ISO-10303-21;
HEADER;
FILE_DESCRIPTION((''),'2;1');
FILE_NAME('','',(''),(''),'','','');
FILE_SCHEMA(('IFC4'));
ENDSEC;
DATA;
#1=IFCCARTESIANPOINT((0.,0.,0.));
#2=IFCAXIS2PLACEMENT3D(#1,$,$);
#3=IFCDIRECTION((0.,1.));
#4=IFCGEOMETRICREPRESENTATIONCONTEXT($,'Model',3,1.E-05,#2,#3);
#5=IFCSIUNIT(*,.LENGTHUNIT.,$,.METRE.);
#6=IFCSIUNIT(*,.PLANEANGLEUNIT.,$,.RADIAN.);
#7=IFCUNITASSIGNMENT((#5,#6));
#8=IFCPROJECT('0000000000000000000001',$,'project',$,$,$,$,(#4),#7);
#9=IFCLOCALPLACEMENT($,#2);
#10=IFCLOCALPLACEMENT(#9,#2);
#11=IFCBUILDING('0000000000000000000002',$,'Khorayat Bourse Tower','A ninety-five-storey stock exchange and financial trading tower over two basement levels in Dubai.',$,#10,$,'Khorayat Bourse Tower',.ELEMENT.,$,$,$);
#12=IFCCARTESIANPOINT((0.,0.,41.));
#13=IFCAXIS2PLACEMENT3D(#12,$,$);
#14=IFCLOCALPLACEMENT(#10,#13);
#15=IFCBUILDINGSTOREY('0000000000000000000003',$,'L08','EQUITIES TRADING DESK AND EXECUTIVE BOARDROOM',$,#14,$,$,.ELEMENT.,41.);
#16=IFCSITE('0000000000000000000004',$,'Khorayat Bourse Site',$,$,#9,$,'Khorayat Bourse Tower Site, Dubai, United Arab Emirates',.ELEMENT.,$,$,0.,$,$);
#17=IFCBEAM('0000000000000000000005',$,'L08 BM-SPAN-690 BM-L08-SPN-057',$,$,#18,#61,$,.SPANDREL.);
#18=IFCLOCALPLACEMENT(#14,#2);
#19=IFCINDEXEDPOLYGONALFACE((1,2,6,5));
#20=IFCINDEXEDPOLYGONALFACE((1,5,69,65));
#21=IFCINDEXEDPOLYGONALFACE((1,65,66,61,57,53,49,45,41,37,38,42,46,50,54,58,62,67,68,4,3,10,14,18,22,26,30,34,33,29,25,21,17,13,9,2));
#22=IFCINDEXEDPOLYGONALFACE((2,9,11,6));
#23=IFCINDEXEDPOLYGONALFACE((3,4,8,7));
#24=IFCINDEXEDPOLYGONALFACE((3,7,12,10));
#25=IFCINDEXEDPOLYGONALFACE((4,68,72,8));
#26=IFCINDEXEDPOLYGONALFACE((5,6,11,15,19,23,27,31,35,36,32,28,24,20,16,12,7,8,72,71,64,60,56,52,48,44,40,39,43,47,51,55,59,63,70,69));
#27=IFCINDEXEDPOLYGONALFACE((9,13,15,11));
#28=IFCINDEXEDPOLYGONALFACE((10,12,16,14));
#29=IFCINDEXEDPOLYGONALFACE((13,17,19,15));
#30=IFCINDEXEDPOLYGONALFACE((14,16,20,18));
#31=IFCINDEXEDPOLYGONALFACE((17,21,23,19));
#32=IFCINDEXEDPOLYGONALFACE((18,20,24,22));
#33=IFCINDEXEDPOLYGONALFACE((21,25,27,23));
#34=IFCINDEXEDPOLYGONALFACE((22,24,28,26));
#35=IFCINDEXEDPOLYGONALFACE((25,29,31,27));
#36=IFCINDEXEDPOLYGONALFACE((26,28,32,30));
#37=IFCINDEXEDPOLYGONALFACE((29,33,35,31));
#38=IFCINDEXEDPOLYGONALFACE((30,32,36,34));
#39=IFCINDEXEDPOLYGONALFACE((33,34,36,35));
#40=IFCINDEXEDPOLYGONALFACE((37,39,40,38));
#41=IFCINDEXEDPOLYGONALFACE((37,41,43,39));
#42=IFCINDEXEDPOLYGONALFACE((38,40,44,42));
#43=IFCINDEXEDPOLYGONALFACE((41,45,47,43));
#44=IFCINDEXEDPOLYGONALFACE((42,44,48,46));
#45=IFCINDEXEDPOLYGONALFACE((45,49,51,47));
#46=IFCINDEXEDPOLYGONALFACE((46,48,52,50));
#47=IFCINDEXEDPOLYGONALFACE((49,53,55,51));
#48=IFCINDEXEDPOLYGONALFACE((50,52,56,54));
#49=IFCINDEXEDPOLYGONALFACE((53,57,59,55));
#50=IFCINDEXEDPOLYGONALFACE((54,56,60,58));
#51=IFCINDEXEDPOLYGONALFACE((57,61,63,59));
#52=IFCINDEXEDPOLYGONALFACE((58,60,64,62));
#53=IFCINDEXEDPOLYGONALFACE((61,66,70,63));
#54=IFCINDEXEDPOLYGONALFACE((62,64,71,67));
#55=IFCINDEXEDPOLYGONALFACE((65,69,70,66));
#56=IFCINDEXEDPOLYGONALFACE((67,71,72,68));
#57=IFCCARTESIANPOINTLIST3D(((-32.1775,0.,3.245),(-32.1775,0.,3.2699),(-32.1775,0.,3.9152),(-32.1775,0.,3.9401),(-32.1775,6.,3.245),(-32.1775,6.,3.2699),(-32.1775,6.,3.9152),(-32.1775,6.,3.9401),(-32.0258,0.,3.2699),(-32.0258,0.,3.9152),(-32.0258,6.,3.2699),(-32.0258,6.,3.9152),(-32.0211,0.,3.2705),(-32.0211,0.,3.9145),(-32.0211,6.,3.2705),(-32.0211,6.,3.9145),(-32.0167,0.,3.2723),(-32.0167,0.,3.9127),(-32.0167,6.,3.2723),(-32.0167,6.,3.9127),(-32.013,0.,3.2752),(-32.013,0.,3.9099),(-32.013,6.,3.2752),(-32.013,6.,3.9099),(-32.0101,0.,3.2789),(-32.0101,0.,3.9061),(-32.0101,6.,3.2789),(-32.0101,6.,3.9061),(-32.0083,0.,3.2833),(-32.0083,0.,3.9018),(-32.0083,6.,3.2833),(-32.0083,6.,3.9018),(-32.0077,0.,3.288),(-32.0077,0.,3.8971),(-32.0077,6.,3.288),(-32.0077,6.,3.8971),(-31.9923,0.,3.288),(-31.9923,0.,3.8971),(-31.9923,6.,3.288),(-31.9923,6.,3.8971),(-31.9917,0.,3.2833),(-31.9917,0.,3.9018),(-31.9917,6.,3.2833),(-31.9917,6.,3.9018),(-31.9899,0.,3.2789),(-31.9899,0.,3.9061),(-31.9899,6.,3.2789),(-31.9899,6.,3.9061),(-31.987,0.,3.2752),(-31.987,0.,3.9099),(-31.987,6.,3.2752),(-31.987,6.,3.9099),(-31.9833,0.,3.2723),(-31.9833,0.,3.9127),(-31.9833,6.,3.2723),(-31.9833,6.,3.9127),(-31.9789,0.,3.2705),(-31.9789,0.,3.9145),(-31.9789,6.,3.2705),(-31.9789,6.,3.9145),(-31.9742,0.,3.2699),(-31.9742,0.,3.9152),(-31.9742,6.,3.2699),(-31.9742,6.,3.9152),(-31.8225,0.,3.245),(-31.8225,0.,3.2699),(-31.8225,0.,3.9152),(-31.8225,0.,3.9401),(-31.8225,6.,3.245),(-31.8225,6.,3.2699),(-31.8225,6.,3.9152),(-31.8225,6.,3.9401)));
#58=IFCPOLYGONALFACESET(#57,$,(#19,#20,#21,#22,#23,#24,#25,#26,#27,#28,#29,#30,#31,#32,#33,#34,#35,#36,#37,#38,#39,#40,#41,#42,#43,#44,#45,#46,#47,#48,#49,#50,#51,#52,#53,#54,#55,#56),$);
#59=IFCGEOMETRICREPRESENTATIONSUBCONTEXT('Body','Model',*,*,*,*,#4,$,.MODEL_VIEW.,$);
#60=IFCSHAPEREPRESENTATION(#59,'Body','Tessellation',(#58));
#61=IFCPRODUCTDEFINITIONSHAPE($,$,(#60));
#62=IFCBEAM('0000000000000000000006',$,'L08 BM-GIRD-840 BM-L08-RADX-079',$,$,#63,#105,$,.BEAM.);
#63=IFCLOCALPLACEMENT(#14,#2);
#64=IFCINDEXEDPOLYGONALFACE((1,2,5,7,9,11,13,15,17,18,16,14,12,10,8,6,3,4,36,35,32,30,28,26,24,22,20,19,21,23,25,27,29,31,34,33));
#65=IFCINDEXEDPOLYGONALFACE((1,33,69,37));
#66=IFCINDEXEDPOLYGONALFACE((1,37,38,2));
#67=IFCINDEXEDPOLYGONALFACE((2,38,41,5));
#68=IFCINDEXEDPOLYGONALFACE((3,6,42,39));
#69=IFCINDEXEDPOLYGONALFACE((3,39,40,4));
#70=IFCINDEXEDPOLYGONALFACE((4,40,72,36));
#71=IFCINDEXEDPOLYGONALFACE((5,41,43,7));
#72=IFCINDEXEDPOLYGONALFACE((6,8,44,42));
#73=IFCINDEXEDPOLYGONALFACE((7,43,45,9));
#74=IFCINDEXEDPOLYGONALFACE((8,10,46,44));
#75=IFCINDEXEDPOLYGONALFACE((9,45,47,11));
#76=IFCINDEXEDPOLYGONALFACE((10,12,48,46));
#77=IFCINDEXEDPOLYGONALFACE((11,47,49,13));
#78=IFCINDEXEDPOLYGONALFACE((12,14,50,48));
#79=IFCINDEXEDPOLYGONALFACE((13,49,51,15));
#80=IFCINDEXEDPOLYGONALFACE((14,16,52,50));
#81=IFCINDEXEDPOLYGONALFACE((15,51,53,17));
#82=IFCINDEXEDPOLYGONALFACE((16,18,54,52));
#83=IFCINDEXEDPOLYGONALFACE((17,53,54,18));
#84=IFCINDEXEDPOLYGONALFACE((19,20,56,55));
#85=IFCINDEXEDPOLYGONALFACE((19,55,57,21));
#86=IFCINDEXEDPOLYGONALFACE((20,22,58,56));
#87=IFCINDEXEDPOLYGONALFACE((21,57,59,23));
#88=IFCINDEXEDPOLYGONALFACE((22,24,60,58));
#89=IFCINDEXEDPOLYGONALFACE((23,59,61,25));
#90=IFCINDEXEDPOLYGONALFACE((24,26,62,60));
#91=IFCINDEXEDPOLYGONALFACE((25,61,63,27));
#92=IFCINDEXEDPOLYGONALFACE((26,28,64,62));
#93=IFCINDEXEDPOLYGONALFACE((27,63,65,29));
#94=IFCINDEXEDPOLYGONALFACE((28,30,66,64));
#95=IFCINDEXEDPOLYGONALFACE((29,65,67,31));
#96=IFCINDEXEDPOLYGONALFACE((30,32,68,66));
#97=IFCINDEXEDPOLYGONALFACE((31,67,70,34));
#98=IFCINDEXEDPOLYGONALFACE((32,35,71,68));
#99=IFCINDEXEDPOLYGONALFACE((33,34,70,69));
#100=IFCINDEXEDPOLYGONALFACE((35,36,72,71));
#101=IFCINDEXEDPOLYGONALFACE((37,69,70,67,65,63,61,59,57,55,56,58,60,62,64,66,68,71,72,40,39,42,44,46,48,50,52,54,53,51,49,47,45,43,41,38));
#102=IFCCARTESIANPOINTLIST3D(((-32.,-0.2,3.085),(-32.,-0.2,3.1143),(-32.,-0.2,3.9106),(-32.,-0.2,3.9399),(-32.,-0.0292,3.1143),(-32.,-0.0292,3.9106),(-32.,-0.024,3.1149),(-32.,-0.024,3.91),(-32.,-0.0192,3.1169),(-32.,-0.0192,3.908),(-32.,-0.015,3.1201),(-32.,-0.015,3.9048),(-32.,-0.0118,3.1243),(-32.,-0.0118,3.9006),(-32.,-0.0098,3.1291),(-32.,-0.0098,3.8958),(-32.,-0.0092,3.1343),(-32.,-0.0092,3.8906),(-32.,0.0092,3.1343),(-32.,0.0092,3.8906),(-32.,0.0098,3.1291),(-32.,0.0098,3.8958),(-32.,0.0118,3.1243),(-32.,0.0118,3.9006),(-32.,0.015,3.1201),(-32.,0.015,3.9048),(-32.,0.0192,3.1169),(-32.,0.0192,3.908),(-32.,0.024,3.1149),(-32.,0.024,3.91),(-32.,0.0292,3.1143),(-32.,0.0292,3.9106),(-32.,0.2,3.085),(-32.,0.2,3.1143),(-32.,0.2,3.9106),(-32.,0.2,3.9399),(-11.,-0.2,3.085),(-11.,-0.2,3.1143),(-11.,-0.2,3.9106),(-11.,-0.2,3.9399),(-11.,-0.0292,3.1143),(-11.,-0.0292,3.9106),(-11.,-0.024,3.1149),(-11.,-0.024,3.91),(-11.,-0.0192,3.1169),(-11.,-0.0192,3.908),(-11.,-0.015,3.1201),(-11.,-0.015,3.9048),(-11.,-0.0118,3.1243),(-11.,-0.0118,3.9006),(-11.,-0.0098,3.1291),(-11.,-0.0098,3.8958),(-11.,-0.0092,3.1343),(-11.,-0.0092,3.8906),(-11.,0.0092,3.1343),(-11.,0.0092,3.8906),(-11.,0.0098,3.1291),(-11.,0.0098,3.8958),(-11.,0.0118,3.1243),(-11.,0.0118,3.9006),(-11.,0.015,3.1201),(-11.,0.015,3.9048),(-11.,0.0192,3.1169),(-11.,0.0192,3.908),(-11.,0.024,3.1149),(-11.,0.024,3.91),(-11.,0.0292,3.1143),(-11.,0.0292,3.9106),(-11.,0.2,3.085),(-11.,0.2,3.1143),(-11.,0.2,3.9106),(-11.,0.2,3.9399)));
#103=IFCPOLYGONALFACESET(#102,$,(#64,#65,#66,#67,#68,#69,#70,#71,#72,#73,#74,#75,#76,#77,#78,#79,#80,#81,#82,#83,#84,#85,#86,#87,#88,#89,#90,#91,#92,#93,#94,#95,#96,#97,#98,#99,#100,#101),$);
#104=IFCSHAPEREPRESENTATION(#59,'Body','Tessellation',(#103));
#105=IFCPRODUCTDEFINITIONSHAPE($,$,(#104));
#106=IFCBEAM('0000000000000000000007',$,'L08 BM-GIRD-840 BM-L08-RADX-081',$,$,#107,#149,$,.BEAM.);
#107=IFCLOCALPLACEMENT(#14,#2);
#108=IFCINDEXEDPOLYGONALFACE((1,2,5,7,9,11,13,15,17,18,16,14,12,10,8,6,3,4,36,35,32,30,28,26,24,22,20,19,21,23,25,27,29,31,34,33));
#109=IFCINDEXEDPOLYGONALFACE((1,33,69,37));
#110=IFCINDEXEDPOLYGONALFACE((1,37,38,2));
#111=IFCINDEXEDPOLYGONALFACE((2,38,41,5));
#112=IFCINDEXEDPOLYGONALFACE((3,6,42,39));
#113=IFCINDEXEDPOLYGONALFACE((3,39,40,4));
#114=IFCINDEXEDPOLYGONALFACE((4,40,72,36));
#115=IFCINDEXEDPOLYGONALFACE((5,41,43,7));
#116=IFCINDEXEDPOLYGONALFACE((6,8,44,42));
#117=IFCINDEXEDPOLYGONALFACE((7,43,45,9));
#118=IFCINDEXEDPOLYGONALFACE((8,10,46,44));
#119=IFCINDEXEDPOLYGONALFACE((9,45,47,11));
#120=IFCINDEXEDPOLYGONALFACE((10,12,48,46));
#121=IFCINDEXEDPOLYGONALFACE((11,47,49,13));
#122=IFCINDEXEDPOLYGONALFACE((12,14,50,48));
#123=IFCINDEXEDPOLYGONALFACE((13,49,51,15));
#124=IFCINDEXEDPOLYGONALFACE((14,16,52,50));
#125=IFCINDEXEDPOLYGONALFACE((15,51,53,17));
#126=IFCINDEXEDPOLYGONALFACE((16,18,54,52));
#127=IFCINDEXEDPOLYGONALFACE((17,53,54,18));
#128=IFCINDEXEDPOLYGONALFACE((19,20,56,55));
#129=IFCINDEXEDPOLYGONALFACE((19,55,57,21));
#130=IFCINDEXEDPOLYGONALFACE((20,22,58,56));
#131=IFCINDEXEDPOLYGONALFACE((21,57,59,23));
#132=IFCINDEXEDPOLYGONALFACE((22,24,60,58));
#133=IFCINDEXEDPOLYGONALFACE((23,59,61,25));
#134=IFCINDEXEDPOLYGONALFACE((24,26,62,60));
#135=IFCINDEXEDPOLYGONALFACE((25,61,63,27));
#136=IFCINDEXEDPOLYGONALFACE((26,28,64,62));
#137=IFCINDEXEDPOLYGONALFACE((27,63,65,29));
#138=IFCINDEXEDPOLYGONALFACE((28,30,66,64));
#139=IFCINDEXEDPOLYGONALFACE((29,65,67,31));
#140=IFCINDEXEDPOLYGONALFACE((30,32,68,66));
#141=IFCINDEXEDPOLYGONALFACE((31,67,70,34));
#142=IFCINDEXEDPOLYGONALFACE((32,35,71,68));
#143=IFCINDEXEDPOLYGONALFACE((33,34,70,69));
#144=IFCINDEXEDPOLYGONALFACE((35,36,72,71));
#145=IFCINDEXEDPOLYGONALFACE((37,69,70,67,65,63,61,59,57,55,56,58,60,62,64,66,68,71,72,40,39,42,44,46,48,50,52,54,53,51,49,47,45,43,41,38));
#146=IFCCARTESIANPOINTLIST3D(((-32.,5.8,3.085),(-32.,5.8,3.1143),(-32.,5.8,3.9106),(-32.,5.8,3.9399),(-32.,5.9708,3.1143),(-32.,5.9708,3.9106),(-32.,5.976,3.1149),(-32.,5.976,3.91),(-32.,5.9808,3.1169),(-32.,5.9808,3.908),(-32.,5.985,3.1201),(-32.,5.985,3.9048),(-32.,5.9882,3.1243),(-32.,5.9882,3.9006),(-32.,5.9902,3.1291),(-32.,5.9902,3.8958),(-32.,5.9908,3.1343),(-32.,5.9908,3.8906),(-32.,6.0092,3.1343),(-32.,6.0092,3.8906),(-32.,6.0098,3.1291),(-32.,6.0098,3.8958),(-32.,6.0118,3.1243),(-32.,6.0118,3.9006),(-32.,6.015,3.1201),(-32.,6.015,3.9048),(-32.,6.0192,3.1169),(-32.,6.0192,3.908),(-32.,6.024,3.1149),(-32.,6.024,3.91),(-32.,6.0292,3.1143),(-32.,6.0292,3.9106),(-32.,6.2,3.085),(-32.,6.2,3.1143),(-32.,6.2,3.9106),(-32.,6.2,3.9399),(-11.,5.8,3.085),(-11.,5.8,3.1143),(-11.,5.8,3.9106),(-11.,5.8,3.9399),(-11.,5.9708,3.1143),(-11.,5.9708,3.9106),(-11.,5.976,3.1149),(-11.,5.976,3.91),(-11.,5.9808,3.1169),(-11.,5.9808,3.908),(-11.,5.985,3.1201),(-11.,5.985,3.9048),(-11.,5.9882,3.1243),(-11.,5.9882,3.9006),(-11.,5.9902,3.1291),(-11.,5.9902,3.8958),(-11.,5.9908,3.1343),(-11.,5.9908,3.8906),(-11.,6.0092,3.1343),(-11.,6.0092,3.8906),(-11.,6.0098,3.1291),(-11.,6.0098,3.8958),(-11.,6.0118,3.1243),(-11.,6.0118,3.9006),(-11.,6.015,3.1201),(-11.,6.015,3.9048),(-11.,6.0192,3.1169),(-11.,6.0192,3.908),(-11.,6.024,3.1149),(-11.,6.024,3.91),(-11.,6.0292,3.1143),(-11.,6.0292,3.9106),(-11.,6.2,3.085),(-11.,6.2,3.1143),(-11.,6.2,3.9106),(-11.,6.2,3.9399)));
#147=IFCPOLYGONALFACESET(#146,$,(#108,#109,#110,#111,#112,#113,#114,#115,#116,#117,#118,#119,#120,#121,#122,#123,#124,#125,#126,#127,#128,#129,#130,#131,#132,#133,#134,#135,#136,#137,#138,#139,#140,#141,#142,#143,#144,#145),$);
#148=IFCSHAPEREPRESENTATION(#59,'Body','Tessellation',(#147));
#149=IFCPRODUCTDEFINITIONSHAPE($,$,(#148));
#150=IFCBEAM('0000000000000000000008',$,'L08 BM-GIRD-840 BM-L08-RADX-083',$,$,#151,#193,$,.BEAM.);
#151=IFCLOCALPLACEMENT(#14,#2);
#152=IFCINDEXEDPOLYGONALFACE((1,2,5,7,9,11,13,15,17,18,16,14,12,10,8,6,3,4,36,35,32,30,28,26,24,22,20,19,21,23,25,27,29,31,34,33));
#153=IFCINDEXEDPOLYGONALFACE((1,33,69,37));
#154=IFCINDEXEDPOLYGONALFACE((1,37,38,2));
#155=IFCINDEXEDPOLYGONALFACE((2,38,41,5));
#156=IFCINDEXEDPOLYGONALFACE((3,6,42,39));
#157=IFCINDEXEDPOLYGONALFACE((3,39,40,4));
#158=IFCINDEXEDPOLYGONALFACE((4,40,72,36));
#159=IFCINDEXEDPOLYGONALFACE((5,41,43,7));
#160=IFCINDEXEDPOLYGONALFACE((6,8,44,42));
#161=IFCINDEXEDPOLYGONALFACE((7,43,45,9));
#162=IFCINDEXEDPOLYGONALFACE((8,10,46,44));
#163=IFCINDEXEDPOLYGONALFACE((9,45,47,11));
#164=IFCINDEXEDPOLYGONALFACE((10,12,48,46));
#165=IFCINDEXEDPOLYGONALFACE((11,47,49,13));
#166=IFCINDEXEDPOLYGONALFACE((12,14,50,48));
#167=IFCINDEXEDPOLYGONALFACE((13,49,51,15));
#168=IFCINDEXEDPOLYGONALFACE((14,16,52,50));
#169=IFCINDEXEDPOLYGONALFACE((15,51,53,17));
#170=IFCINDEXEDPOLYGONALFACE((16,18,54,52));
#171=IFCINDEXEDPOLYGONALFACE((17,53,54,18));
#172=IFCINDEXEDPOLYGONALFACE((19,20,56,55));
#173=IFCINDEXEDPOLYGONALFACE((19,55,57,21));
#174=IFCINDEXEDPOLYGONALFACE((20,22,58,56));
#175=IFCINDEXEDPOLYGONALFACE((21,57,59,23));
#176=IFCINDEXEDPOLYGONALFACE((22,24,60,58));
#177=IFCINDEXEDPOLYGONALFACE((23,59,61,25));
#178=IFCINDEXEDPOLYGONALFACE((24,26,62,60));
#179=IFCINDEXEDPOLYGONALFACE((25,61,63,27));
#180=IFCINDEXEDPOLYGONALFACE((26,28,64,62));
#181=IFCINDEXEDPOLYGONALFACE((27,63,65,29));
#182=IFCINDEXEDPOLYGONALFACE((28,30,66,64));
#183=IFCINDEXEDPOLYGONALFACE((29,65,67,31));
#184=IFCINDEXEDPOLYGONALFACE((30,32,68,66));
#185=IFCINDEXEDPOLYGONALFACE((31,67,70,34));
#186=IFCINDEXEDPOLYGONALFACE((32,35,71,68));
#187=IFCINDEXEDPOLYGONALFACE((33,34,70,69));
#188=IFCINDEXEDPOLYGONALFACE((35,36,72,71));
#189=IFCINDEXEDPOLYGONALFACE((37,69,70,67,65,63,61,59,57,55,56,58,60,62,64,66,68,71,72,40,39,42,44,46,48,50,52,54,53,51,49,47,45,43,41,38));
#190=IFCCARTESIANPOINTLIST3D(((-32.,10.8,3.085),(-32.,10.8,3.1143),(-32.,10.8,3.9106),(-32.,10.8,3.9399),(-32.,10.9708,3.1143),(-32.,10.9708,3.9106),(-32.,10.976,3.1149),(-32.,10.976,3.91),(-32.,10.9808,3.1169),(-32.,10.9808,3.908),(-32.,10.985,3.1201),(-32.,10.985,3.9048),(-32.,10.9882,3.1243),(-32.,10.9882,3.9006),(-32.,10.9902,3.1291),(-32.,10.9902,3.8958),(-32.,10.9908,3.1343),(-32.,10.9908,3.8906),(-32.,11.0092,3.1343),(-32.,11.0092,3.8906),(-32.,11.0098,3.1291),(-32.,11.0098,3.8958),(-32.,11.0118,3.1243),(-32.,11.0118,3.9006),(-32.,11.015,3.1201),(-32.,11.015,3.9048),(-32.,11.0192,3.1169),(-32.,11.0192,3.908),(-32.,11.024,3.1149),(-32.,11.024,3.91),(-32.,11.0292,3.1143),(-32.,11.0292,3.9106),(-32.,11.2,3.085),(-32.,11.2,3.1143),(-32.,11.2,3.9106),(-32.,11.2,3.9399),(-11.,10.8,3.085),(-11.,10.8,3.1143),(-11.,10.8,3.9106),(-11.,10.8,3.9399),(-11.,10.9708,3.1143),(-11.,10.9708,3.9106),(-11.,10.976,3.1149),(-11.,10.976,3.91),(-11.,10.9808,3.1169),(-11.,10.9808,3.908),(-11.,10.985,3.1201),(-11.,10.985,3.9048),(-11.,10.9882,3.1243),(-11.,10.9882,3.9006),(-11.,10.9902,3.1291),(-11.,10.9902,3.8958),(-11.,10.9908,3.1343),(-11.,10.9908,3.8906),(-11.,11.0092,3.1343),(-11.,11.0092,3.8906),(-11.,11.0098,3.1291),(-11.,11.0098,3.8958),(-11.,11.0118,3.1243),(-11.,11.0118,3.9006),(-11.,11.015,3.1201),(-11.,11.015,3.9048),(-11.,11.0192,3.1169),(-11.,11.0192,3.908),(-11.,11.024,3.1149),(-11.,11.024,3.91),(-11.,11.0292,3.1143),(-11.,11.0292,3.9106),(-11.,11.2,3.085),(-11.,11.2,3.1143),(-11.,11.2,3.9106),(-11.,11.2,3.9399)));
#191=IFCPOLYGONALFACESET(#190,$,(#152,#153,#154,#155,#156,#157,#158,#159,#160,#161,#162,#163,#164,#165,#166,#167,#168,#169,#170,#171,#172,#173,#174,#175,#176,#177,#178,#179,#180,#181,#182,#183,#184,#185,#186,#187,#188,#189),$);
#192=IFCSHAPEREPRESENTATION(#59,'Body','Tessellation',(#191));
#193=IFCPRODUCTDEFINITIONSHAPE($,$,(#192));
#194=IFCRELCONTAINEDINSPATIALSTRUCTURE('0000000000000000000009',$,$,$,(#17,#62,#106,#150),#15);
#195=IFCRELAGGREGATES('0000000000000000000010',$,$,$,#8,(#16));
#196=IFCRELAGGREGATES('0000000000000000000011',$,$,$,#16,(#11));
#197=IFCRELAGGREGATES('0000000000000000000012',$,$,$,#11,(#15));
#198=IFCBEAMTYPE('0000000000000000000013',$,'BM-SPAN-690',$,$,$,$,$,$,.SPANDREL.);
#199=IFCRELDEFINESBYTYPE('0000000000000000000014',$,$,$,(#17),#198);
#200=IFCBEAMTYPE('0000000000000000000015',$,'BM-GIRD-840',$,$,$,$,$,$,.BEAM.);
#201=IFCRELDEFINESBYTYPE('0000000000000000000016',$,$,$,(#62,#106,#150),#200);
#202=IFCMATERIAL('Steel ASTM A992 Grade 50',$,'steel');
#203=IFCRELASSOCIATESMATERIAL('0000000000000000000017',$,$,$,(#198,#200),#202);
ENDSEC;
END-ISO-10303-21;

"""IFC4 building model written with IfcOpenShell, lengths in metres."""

from ifc_helpers import new_model, si_unit, direction, frame, origin, origin_2d, place, context, subcontext, project, spatial, i_section, extrude, source, transform, mapped, material, material_profile, profile_set, type_object, element, save


model = new_model("IFC4")

# Units and contexts
model_context = context("Model", 3, precision=1e-05, world=origin(), true_north=direction((0.0, 1.0)))
body_context = subcontext(model_context, "Body", "Model", "MODEL_VIEW")
ifc_project = project(units=[si_unit("LENGTHUNIT", "METRE"), si_unit("PLANEANGLEUNIT", "RADIAN")], contexts=[model_context])

# Site, building, storey
site_placement = place(None, origin())
site = spatial("IfcSite", under=ifc_project, at=site_placement, Name="Khorayat Bourse Site", LongName="Khorayat Bourse Tower Site, Dubai, United Arab Emirates", CompositionType="ELEMENT", RefElevation=0.0)
building_placement = place(site_placement, origin())
building = spatial("IfcBuilding", under=site, at=building_placement, Name="Khorayat Bourse Tower", Description="A ninety-five-storey stock exchange and financial trading tower over two basement levels in Dubai.", LongName="Khorayat Bourse Tower", CompositionType="ELEMENT")
storey_placement = place(building_placement, frame((0.0, 0.0, 41.0)))
storey = spatial("IfcBuildingStorey", under=building, at=storey_placement, Name="L08", Description="EQUITIES TRADING DESK AND EXECUTIVE BOARDROOM", CompositionType="ELEMENT", Elevation=41.0)

# Beams
ifc_material_1 = material(Name="Steel ASTM A992 Grade 50", Category="steel")
ifc_material_profile_1 = material_profile(ifc_material_1, i_section(OverallWidth=0.355, OverallDepth=0.6951, WebThickness=0.0154, FlangeThickness=0.0249, FilletRadius=0.0181, at=origin_2d()), Name="W690X217")
ifc_profile_set_1 = profile_set([ifc_material_profile_1], Name="Steel ASTM A992 Grade 50")
beam_type_1 = type_object("IfcBeamType", Name="BM-SPAN-690", PredefinedType="SPANDREL", material=ifc_profile_set_1)
shared_shape_1 = source(origin(), body_context, "Body", "SweptSolid", [
    extrude(i_section(OverallWidth=0.355, OverallDepth=0.6951, WebThickness=0.0154, FlangeThickness=0.0249, FilletRadius=0.0181, at=origin_2d()), origin(), (0.0, 0.0, 1.0), 6.0),
])
beam_1_placement = place(storey_placement, frame((-32.0, 0.0, 3.5925), z_axis=(0.0, 1.0, 0.0), x_axis=(-1.0, 0.0, 0.0)))
element("IfcBeam", 1, at=beam_1_placement, inside=storey, type_object=beam_type_1, Name="L08 BM-SPAN-690 BM-L08-SPN-057", PredefinedType="SPANDREL", context=body_context, shape_type="MappedRepresentation", body=[
    mapped(shared_shape_1, transform((0.0, 0.0, 0.0), scale=1.0)),
])
ifc_material_profile_2 = material_profile(ifc_material_1, i_section(OverallWidth=0.3999, OverallDepth=0.855, WebThickness=0.0183, FlangeThickness=0.0293, FilletRadius=0.02, at=origin_2d()), Name="W840X299")
ifc_profile_set_2 = profile_set([ifc_material_profile_2], Name="Steel ASTM A992 Grade 50")
beam_type_2 = type_object("IfcBeamType", Name="BM-GIRD-840", PredefinedType="BEAM", material=ifc_profile_set_2)
shared_shape_2 = source(origin(), body_context, "Body", "SweptSolid", [
    extrude(i_section(OverallWidth=0.3999, OverallDepth=0.855, WebThickness=0.0183, FlangeThickness=0.0293, FilletRadius=0.02, at=origin_2d()), origin(), (0.0, 0.0, 1.0), 21.0),
])
for number, where, z_axis, x_axis, name in (
    (2, (-32.0, 0.0, 3.5125), (1.0, 0.0, 0.0), (0.0, 1.0, 0.0), "L08 BM-GIRD-840 BM-L08-RADX-079"),
    (3, (-32.0, 6.0, 3.5125), (1.0, 0.0, 0.0), (0.0, 1.0, 0.0), "L08 BM-GIRD-840 BM-L08-RADX-081"),
    (4, (-32.0, 11.0, 3.5125), (1.0, 0.0, 0.0), (0.0, 1.0, 0.0), "L08 BM-GIRD-840 BM-L08-RADX-083"),
):
    element("IfcBeam", number, at=place(storey_placement, frame(where, z_axis=z_axis, x_axis=x_axis)), inside=storey, type_object=beam_type_2, Name=name, PredefinedType="BEAM", context=body_context, shape_type="MappedRepresentation", body=[
        mapped(shared_shape_2, transform((0.0, 0.0, 0.0), scale=1.0)),
    ])

save(model, "model.ifc")
